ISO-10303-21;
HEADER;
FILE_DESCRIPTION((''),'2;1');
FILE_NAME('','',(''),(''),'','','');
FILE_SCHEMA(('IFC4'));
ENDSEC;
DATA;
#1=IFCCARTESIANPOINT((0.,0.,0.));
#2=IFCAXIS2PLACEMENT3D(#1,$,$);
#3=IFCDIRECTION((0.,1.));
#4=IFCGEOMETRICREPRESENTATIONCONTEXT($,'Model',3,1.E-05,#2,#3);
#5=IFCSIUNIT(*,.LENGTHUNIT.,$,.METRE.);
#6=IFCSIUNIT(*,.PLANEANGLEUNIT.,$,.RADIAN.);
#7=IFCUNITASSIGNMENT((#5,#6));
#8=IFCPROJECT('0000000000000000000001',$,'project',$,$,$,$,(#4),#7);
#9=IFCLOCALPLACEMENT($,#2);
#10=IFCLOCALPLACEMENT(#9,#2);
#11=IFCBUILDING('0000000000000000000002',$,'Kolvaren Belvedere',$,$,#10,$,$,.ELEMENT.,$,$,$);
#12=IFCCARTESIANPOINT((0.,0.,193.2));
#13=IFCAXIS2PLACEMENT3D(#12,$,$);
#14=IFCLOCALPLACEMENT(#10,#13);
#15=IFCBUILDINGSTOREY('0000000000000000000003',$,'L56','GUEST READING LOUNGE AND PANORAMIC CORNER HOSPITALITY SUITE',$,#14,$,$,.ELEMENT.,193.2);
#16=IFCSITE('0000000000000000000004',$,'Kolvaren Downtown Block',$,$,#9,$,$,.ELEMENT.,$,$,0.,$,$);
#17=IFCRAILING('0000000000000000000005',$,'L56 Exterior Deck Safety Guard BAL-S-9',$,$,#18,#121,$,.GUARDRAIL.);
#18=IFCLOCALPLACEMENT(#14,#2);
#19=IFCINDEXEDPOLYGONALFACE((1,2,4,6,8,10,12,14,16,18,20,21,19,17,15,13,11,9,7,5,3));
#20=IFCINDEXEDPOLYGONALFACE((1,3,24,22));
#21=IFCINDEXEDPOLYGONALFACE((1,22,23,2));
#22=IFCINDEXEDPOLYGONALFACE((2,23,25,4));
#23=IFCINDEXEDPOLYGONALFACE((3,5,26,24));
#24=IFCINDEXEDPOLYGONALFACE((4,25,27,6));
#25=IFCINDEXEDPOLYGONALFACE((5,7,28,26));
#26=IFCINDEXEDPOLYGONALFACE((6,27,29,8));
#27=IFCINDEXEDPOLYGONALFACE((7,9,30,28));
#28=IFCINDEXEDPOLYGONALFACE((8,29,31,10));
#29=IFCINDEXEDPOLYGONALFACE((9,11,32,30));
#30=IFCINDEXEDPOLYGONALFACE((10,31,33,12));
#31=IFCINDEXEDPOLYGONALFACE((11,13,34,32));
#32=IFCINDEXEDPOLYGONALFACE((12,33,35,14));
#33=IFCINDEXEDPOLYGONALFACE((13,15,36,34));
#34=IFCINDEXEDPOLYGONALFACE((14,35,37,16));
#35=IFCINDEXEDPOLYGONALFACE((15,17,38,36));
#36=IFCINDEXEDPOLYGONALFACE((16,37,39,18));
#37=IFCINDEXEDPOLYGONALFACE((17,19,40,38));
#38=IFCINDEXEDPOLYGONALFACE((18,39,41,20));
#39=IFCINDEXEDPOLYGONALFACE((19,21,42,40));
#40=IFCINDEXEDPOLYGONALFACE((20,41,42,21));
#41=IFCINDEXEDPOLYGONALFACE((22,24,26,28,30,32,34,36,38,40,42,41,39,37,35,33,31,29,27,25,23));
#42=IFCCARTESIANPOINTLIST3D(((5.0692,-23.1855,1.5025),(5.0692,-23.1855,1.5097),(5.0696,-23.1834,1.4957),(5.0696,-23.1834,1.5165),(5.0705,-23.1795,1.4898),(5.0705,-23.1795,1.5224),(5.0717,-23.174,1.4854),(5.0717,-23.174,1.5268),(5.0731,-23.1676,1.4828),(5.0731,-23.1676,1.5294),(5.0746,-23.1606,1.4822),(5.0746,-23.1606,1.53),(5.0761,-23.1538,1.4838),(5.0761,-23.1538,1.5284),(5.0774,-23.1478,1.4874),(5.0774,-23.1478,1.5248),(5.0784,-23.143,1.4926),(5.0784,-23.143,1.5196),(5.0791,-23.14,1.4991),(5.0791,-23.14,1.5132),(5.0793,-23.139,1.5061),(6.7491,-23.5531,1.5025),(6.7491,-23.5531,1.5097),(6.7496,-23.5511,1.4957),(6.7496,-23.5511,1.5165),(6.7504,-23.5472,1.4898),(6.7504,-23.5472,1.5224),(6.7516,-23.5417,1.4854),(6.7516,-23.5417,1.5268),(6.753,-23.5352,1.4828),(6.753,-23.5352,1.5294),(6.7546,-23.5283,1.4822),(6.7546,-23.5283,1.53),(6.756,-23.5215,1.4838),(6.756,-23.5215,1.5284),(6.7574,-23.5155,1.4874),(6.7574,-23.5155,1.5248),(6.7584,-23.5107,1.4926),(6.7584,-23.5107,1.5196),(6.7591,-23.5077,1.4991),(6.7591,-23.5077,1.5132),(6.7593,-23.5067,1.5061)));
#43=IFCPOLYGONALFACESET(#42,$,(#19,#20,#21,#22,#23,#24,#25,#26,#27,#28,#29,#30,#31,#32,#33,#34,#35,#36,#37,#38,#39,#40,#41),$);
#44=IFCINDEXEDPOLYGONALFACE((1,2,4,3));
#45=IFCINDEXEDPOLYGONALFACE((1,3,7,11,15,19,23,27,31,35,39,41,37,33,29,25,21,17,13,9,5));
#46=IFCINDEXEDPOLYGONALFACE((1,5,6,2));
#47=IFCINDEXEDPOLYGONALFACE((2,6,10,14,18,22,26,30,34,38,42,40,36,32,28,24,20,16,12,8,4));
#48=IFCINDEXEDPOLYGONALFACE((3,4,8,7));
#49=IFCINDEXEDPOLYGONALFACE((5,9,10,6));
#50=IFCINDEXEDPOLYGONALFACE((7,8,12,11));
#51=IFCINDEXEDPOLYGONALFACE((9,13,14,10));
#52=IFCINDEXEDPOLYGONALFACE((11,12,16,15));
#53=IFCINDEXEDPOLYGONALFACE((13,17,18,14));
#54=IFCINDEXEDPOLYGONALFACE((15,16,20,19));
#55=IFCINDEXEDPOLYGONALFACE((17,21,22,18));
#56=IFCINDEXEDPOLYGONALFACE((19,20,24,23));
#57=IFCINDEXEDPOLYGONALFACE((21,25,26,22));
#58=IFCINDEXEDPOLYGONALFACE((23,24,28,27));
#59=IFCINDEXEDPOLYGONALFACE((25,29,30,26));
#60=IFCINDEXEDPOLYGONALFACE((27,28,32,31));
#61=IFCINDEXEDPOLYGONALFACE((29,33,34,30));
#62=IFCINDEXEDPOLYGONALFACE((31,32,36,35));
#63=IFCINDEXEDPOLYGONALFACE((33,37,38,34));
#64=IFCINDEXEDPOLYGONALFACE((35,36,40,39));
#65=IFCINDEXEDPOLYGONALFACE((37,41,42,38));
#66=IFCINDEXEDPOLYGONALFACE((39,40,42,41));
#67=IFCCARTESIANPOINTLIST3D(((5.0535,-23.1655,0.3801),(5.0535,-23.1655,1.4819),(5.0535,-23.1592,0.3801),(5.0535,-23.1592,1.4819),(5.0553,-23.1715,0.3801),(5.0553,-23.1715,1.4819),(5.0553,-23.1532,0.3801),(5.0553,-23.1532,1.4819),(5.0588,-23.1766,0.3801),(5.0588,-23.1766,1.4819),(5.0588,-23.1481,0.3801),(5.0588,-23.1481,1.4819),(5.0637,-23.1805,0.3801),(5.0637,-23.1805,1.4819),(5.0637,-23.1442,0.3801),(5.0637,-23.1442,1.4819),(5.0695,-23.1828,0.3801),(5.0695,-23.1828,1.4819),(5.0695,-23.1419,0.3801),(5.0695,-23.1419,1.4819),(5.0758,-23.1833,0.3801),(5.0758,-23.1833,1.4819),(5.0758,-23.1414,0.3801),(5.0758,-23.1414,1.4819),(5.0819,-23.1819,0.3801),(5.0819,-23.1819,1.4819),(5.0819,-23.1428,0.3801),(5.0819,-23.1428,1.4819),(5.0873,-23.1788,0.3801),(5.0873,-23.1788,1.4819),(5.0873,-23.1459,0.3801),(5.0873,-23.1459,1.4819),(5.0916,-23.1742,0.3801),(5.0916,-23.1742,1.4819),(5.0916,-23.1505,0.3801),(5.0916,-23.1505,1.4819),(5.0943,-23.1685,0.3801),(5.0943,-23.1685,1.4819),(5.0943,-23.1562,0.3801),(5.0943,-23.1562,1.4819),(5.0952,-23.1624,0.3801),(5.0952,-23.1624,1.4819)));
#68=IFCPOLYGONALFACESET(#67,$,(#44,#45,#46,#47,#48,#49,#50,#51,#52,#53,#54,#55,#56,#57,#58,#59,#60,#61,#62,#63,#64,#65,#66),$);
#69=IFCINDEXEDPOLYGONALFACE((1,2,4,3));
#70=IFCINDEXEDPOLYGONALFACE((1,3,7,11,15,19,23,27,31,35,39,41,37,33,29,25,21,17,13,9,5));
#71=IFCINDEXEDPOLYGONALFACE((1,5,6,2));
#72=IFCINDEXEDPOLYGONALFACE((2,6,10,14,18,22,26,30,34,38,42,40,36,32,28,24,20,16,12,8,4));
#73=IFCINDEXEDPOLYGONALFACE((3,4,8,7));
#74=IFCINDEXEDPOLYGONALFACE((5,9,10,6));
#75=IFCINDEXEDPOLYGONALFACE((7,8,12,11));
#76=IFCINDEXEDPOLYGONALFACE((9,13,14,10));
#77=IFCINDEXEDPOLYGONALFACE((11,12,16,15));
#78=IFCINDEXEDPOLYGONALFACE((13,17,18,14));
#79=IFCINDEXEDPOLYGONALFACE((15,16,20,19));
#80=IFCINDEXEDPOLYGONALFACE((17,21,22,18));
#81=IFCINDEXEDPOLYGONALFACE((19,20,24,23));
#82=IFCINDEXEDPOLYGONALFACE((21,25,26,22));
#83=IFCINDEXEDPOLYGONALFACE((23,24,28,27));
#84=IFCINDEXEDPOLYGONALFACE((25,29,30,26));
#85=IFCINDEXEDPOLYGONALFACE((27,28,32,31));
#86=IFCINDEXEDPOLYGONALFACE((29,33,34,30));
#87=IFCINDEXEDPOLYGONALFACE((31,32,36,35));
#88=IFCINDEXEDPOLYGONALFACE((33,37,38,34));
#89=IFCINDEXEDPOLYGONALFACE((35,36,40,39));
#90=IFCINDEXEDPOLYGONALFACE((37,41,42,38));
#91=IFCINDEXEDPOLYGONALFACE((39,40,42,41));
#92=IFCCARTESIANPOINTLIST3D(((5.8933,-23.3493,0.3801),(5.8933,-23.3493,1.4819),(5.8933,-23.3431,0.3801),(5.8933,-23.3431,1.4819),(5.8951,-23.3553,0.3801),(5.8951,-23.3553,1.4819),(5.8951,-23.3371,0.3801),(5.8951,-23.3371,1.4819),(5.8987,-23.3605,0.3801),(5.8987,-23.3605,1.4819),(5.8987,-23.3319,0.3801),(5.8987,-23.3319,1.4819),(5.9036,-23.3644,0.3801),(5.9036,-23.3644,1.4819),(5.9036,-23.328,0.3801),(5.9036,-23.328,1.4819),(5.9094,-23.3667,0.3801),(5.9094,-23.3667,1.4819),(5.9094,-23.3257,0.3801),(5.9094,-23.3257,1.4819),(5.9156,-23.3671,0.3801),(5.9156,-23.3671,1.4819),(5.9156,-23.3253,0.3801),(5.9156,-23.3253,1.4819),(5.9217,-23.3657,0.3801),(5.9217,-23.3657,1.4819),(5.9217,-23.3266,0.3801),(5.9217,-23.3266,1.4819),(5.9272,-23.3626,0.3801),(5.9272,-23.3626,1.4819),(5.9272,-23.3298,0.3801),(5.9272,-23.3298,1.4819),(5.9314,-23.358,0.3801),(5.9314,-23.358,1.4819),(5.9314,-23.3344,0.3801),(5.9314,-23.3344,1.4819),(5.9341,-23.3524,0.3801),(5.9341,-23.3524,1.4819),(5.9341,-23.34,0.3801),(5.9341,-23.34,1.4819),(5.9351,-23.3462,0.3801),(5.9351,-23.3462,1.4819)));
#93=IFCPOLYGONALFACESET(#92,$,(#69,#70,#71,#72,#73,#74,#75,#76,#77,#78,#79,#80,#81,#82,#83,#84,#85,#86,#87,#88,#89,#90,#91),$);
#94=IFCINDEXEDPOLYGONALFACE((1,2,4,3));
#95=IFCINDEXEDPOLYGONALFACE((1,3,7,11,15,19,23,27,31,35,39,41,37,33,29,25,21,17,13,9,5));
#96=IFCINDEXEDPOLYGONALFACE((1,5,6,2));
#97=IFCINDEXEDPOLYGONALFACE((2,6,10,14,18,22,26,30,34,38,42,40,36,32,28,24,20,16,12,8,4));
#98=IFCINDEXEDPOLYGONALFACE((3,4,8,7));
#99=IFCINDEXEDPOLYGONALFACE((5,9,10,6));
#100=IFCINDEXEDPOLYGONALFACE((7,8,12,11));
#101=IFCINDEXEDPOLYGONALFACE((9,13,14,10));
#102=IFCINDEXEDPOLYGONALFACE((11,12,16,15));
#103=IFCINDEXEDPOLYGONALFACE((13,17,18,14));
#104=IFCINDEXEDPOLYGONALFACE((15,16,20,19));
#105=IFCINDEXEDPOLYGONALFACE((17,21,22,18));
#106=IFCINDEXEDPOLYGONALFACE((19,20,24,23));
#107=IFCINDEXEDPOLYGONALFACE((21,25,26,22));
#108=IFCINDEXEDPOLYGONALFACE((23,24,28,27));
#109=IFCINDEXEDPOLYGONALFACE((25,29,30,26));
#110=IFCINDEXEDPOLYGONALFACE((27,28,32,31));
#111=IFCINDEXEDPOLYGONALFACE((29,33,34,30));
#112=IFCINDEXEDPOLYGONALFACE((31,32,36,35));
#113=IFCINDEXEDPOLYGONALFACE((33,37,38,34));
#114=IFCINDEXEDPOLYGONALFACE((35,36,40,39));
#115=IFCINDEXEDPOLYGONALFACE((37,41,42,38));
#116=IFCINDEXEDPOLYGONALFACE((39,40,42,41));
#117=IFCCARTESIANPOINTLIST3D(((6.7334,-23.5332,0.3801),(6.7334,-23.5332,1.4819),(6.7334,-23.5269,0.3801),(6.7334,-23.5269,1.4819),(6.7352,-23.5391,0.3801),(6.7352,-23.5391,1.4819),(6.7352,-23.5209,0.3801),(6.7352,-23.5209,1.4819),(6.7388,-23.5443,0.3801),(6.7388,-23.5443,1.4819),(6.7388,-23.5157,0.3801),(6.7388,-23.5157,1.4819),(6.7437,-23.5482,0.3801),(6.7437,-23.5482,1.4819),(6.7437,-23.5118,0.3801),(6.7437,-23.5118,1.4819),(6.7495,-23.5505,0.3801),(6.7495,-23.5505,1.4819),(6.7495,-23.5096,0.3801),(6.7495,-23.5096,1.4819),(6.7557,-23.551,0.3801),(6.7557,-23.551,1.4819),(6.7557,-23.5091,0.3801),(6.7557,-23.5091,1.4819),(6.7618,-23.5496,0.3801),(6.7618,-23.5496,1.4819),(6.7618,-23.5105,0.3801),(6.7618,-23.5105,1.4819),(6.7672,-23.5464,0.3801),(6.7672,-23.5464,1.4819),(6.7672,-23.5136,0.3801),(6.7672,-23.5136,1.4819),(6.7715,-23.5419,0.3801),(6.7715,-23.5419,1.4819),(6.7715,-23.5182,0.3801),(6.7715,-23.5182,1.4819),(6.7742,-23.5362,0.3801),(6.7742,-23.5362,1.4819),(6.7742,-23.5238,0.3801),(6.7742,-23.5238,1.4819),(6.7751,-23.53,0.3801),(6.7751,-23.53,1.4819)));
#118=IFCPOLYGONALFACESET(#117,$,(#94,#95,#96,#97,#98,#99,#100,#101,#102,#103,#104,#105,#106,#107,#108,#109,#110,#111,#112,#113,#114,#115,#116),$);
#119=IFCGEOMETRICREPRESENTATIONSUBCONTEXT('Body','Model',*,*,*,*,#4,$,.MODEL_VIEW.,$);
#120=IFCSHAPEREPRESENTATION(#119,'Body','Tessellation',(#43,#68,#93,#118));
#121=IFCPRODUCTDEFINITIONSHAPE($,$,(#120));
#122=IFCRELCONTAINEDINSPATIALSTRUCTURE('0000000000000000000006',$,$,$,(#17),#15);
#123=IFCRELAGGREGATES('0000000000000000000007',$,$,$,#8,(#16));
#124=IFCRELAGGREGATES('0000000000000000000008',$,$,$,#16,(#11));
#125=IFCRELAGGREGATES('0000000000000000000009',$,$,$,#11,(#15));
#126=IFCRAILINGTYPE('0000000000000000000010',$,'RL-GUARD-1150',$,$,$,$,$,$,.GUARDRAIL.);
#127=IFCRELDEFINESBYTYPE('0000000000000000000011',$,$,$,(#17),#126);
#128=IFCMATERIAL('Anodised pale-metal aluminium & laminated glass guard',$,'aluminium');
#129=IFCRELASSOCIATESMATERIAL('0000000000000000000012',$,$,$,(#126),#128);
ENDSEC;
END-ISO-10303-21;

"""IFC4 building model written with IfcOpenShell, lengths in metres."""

from ifc_helpers import new_model, si_unit, direction, frame, origin, origin_2d, place, context, subcontext, project, spatial, circle, extrude, material, type_object, element, save


model = new_model("IFC4")

# Units and contexts
model_context = context("Model", 3, precision=1e-05, world=origin(), true_north=direction((0.0, 1.0)))
body_context = subcontext(model_context, "Body", "Model", "MODEL_VIEW")
ifc_project = project(units=[si_unit("LENGTHUNIT", "METRE"), si_unit("PLANEANGLEUNIT", "RADIAN")], contexts=[model_context])

# Site, building, storey
site_placement = place(None, origin())
site = spatial("IfcSite", under=ifc_project, at=site_placement, Name="Kolvaren Downtown Block", CompositionType="ELEMENT", RefElevation=0.0)
building_placement = place(site_placement, origin())
building = spatial("IfcBuilding", under=site, at=building_placement, Name="Kolvaren Belvedere", CompositionType="ELEMENT")
storey_placement = place(building_placement, frame((0.0, 0.0, 193.2)))
storey = spatial("IfcBuildingStorey", under=building, at=storey_placement, Name="L56", Description="GUEST READING LOUNGE AND PANORAMIC CORNER HOSPITALITY SUITE", CompositionType="ELEMENT", Elevation=193.2)

# Railing
ifc_material_1 = material(Name="Anodised pale-metal aluminium & laminated glass guard", Category="aluminium")
railing_type = type_object("IfcRailingType", Name="RL-GUARD-1150", PredefinedType="GUARDRAIL", material=ifc_material_1)
railing_1_placement = place(storey_placement, frame((5.0742, -23.1624, 0.3801)))
element("IfcRailing", 1, at=railing_1_placement, inside=storey, type_object=railing_type, Name="L56 Exterior Deck Safety Guard BAL-S-9", PredefinedType="GUARDRAIL", context=body_context, shape_type="SweptSolid", body=[
    extrude(circle(Radius=0.0239, at=origin_2d()), frame((0.0, 0.0, 1.126), z_axis=(0.976877, -0.213803, 0.0), x_axis=(0.213803, 0.976877, 0.0)), (0.0, 0.0, 1.0), 1.7197),
    extrude(circle(Radius=0.021, at=origin_2d()), origin(), (0.0, 0.0, 1.0), 1.1018),
    extrude(circle(Radius=0.021, at=origin_2d()), frame((0.8398, -0.1838, 0.0)), (0.0, 0.0, 1.0), 1.1018),
    extrude(circle(Radius=0.021, at=origin_2d()), frame((1.6799, -0.3677, 0.0)), (0.0, 0.0, 1.0), 1.1018),
])

save(model, "model.ifc")
